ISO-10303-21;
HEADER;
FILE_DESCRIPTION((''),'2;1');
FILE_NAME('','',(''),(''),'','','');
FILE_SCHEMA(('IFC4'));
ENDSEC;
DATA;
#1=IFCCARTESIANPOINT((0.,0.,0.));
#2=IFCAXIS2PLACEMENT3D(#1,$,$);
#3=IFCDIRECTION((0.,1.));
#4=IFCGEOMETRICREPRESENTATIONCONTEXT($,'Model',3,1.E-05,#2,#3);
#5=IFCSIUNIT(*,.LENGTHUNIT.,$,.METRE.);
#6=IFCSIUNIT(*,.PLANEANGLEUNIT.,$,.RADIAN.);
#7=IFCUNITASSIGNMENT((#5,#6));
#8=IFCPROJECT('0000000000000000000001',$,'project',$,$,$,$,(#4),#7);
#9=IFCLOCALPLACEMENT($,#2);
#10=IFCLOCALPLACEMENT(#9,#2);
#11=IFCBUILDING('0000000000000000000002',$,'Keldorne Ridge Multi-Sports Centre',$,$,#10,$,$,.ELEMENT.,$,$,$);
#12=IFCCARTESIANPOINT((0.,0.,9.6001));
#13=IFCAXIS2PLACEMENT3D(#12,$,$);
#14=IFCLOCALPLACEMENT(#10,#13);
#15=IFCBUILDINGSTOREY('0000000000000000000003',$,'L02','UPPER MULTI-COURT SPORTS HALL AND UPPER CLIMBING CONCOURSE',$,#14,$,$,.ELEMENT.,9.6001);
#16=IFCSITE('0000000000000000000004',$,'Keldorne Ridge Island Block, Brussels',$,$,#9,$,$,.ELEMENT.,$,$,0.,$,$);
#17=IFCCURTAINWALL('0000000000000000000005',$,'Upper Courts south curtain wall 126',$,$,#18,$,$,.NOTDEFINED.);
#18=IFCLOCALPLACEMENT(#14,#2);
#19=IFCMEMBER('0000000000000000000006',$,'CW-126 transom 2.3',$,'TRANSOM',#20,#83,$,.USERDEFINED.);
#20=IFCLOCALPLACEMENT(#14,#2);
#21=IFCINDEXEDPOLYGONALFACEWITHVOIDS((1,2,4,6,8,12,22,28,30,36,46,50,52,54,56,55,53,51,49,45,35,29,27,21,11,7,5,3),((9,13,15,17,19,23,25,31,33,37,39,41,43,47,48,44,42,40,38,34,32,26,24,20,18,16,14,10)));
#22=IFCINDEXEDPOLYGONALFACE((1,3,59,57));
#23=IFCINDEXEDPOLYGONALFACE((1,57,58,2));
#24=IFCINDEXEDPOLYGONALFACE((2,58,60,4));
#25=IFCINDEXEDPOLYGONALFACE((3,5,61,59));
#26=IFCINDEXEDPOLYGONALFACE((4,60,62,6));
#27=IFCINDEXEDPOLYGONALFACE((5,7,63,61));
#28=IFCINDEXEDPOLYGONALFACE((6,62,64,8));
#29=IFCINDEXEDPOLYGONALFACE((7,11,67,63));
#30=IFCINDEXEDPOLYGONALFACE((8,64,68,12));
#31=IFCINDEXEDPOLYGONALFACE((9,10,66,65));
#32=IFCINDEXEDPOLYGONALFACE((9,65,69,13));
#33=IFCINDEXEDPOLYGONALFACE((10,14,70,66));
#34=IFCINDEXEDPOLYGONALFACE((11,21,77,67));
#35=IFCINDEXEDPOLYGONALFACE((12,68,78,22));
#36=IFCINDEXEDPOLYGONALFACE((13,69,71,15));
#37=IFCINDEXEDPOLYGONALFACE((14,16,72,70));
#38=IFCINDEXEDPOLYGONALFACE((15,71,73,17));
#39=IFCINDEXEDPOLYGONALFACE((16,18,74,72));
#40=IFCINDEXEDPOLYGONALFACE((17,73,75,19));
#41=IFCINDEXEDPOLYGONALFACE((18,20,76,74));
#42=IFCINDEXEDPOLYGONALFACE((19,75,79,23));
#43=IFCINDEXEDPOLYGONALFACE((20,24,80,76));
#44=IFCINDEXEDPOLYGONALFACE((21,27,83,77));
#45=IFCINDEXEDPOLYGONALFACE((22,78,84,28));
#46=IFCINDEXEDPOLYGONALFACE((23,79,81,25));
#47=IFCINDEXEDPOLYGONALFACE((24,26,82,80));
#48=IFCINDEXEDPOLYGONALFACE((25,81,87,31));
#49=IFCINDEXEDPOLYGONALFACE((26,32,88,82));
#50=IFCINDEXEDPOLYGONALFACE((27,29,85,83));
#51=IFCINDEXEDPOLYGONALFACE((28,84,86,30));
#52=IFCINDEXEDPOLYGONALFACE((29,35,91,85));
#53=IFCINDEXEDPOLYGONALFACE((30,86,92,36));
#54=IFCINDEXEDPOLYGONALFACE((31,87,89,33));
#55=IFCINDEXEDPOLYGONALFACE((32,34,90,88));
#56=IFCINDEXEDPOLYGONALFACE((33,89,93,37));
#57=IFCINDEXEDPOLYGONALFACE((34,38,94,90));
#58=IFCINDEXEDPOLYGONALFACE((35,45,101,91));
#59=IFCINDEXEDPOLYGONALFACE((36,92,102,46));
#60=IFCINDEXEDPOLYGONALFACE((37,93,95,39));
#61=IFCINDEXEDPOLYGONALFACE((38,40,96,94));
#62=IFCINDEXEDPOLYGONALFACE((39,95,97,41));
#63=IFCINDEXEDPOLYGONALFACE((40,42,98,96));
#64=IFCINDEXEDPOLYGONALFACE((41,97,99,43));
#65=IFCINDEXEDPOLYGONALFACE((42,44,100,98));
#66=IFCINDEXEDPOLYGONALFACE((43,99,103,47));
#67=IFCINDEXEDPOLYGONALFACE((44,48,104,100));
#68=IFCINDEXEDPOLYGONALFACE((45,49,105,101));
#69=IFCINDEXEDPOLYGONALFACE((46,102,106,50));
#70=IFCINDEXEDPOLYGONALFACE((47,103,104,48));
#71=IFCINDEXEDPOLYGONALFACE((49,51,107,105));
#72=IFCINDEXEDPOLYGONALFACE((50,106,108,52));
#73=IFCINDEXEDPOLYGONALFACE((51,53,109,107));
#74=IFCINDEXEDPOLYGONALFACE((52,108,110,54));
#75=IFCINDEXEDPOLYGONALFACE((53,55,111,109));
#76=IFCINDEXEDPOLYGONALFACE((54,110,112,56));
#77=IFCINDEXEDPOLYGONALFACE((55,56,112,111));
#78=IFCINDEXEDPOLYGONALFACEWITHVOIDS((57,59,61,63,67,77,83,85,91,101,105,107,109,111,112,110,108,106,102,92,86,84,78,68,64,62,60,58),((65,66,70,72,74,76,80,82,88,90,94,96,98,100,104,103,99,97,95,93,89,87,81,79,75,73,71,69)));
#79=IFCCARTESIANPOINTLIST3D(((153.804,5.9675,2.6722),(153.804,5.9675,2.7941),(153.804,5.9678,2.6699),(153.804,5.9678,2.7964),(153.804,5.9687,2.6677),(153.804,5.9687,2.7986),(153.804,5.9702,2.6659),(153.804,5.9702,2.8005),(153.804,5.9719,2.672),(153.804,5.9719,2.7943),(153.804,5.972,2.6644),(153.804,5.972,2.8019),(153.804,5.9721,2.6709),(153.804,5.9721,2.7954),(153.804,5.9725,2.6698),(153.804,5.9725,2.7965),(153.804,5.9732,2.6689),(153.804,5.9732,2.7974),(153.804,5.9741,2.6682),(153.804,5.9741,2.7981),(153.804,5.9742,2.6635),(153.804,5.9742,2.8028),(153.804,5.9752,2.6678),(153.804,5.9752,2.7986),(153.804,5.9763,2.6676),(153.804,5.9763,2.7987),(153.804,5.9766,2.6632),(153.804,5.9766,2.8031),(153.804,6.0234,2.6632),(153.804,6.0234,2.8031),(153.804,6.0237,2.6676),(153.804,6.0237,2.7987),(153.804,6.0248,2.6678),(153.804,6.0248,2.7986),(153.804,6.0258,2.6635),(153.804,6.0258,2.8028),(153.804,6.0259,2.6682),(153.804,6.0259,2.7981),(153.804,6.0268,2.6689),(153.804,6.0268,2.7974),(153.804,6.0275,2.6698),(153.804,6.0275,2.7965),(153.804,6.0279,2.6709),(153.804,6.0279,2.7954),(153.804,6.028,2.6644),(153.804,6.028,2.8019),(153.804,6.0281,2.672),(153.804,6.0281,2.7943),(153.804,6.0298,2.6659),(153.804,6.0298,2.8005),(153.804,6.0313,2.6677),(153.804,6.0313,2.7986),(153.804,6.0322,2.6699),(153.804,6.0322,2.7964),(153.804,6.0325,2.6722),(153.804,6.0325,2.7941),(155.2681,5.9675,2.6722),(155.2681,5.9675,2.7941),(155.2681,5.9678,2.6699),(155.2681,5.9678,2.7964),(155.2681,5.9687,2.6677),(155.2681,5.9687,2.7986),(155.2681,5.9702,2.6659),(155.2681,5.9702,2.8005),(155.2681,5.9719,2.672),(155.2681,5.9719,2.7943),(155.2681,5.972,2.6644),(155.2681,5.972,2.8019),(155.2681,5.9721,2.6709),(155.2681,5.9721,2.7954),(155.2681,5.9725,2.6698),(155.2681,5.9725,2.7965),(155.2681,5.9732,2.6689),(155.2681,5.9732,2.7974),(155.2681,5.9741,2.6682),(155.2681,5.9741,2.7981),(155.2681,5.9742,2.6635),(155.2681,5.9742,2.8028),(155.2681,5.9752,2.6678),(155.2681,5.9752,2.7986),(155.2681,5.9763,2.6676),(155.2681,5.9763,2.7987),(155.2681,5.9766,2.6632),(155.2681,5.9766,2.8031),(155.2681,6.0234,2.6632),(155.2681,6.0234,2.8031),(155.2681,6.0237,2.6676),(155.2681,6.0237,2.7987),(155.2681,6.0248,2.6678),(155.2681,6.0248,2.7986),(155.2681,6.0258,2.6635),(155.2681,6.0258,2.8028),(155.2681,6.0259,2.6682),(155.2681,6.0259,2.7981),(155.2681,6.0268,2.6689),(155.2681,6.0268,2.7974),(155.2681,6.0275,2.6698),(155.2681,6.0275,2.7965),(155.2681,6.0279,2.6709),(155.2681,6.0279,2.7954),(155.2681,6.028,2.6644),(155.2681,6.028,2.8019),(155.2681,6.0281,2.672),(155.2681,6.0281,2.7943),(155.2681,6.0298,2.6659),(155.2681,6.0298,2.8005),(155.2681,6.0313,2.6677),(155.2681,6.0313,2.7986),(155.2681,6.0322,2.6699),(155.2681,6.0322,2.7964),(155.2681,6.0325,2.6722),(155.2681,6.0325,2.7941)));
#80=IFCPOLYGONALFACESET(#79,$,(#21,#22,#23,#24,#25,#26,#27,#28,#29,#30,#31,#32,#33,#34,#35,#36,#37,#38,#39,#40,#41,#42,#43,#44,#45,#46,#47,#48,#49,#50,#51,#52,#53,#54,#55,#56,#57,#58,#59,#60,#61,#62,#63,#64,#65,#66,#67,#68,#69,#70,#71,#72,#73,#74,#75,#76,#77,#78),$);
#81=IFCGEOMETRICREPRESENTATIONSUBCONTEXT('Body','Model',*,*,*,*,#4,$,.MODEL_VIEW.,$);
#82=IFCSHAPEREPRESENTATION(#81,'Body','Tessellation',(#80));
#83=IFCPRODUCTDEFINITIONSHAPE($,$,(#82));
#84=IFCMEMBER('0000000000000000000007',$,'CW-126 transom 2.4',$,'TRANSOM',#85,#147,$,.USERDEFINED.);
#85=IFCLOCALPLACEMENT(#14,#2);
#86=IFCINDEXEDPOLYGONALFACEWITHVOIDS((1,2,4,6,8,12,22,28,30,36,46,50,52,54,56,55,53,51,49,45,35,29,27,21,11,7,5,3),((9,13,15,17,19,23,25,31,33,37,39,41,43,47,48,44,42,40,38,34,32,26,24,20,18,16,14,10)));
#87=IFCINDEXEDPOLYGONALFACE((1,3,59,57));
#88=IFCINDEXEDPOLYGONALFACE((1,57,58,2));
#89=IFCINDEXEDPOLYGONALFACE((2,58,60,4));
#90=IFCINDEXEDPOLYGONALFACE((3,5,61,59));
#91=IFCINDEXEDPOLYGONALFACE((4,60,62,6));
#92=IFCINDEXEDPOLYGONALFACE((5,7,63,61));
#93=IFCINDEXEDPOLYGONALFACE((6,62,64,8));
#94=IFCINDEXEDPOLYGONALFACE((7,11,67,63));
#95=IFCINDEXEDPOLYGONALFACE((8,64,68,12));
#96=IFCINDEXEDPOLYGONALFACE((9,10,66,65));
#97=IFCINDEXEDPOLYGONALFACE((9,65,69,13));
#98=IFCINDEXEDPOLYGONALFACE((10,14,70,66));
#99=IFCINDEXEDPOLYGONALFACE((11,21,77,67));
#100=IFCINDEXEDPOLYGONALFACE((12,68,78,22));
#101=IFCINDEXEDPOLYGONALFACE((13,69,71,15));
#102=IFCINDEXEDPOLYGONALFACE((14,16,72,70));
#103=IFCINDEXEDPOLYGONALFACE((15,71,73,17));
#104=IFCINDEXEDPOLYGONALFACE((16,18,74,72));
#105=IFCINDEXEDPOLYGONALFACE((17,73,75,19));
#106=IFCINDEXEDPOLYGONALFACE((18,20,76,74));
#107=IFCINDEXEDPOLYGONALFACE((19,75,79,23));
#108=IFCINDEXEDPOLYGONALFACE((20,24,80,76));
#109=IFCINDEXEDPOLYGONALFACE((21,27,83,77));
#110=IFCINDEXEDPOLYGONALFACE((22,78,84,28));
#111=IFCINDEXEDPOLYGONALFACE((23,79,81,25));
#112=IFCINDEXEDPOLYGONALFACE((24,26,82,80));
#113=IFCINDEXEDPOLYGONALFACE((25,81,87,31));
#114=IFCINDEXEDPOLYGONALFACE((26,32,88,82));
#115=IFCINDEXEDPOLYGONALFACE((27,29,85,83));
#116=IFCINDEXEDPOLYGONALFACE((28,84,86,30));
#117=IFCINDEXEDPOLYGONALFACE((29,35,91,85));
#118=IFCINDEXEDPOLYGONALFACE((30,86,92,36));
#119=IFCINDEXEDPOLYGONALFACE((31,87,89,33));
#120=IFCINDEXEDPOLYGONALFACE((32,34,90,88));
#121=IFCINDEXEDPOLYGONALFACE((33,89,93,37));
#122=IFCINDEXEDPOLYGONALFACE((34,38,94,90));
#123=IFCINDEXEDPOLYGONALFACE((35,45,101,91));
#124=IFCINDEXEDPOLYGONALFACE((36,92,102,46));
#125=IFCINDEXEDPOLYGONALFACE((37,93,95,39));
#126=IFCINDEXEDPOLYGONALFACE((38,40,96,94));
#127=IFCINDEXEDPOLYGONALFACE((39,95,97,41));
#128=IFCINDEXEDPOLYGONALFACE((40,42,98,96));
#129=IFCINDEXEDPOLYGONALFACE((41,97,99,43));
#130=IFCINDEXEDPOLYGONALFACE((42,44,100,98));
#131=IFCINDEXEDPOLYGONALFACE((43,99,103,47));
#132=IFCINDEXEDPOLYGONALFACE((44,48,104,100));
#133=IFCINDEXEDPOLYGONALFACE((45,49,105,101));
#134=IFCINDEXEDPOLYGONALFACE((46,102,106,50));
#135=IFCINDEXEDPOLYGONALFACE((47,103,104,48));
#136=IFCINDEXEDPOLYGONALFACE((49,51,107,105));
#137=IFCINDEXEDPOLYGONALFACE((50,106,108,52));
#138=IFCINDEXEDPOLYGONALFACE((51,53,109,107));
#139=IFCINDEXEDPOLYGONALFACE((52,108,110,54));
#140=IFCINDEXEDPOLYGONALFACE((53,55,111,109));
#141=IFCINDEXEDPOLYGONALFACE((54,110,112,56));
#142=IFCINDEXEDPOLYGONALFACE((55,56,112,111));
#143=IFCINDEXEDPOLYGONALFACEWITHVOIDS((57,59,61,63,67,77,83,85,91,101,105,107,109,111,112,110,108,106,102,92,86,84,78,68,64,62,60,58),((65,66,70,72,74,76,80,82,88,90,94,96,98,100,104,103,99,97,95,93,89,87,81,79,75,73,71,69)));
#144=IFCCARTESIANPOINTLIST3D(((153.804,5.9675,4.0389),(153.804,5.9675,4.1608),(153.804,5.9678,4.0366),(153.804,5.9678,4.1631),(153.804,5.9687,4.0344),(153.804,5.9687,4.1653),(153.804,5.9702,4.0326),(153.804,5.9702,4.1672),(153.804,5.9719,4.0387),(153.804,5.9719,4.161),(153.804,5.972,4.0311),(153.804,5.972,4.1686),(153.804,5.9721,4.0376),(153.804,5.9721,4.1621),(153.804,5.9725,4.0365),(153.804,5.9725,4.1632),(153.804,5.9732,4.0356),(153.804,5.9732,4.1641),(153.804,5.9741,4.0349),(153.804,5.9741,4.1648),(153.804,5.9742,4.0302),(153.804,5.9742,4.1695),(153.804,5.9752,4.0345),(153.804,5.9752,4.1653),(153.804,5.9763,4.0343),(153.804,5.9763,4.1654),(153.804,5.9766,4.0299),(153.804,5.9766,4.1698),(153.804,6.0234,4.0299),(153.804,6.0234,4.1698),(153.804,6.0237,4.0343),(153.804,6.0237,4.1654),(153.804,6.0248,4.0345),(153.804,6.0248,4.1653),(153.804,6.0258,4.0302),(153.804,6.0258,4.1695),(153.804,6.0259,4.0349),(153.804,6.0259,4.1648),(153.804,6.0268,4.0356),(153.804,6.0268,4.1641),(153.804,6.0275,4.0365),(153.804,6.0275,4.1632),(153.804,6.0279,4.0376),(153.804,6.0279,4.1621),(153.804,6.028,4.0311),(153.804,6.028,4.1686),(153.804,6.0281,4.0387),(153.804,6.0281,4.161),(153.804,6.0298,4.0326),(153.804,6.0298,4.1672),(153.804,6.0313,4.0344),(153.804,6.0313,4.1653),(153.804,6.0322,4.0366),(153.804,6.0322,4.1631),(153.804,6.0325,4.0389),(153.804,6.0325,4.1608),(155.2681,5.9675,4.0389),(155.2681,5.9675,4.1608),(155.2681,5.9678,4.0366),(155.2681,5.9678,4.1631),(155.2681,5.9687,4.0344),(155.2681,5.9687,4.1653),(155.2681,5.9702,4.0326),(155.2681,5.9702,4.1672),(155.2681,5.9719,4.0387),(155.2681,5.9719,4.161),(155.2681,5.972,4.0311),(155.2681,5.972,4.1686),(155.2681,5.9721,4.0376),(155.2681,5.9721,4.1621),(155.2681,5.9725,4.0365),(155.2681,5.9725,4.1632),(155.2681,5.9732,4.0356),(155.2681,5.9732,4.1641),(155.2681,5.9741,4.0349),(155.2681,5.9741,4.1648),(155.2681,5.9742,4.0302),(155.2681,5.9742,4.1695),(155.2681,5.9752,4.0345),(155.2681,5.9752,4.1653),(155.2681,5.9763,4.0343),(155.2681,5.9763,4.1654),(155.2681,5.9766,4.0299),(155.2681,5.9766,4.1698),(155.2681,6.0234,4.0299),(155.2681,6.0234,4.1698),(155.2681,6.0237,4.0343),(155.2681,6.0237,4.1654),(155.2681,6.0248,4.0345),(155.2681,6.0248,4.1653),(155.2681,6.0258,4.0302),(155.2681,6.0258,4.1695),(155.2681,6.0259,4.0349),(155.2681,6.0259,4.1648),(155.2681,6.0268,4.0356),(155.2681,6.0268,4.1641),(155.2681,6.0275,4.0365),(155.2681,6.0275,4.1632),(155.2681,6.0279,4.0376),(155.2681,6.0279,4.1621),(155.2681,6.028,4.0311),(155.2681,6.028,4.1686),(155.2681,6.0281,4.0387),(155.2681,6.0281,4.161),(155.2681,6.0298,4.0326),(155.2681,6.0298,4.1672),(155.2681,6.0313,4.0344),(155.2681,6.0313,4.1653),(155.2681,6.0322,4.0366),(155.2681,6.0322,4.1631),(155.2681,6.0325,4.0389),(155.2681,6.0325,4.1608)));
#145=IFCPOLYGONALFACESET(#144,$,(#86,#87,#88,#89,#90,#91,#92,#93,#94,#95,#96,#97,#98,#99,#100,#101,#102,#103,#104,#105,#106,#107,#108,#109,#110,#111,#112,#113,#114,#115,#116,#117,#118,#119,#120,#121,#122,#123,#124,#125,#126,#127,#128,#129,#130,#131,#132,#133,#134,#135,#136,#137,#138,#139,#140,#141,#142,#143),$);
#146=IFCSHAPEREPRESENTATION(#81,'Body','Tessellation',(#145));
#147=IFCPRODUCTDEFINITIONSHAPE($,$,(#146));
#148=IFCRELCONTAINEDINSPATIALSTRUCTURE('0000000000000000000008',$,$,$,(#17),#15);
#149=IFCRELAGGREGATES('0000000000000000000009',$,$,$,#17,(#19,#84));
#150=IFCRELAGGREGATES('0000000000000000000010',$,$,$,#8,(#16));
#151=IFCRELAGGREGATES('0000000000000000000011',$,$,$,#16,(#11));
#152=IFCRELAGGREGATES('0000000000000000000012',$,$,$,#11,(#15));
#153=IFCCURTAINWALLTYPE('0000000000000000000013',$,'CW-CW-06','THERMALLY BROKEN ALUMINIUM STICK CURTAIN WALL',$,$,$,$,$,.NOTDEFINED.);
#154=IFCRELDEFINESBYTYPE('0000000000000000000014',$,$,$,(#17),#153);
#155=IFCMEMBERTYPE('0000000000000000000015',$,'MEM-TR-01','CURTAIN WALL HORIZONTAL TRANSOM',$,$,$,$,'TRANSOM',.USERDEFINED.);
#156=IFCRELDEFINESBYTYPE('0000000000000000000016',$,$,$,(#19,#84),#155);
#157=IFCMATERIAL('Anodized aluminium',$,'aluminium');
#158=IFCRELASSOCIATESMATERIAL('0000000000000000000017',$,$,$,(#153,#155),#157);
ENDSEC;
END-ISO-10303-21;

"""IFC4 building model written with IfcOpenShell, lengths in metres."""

from ifc_helpers import new_model, si_unit, direction, frame, origin, origin_2d, place, context, subcontext, project, spatial, hollow_rectangle, extrude, material, material_profile, profile_set, type_object, element, aggregate, save


model = new_model("IFC4")

# Units and contexts
model_context = context("Model", 3, precision=1e-05, world=origin(), true_north=direction((0.0, 1.0)))
body_context = subcontext(model_context, "Body", "Model", "MODEL_VIEW")
ifc_project = project(units=[si_unit("LENGTHUNIT", "METRE"), si_unit("PLANEANGLEUNIT", "RADIAN")], contexts=[model_context])

# Site, building, storey
site_placement = place(None, origin())
site = spatial("IfcSite", under=ifc_project, at=site_placement, Name="Keldorne Ridge Island Block, Brussels", CompositionType="ELEMENT", RefElevation=0.0)
building_placement = place(site_placement, origin())
building = spatial("IfcBuilding", under=site, at=building_placement, Name="Keldorne Ridge Multi-Sports Centre", CompositionType="ELEMENT")
storey_placement = place(building_placement, frame((0.0, 0.0, 9.6001)))
storey = spatial("IfcBuildingStorey", under=building, at=storey_placement, Name="L02", Description="UPPER MULTI-COURT SPORTS HALL AND UPPER CLIMBING CONCOURSE", CompositionType="ELEMENT", Elevation=9.6001)

# Curtain wall, members
ifc_material_1 = material(Name="Anodized aluminium", Category="aluminium")
curtain_wall_type = type_object("IfcCurtainWallType", Name="CW-CW-06", Description="THERMALLY BROKEN ALUMINIUM STICK CURTAIN WALL", PredefinedType="NOTDEFINED", material=ifc_material_1)
curtain_wall_placement = place(storey_placement, origin())
curtain_wall = element("IfcCurtainWall", 1, at=curtain_wall_placement, inside=storey, type_object=curtain_wall_type, Name="Upper Courts south curtain wall 126", PredefinedType="NOTDEFINED")
ifc_material_profile_1 = material_profile(ifc_material_1, hollow_rectangle(XDim=0.0649, YDim=0.1399, WallThickness=0.0044, InnerFilletRadius=0.0044, OuterFilletRadius=0.009, at=origin_2d()), Name="ALU TRANSOM 140x65x4.5")
ifc_profile_set_1 = profile_set([ifc_material_profile_1], Name="Anodized aluminium")
member_type_1 = type_object("IfcMemberType", Name="MEM-TR-01", Description="CURTAIN WALL HORIZONTAL TRANSOM", ElementType="TRANSOM", PredefinedType="USERDEFINED", material=ifc_profile_set_1)
member_1_placement = place(storey_placement, frame((153.804, 6.0, 2.7332), z_axis=(1.0, 0.0, 0.0), x_axis=(0.0, 1.0, 0.0)))
member_1 = element("IfcMember", 2, at=member_1_placement, type_object=member_type_1, Name="CW-126 transom 2.3", ObjectType="TRANSOM", PredefinedType="USERDEFINED", context=body_context, shape_type="SweptSolid", body=[
    extrude(hollow_rectangle(XDim=0.0649, YDim=0.1399, WallThickness=0.0044, InnerFilletRadius=0.0044, OuterFilletRadius=0.009, at=origin_2d()), origin(), (0.0, 0.0, 1.0), 1.4641),
])
member_2_placement = place(storey_placement, frame((153.804, 6.0, 4.0999), z_axis=(1.0, 0.0, 0.0), x_axis=(0.0, 1.0, 0.0)))
member_2 = element("IfcMember", 3, at=member_2_placement, type_object=member_type_1, Name="CW-126 transom 2.4", ObjectType="TRANSOM", PredefinedType="USERDEFINED", context=body_context, shape_type="SweptSolid", body=[
    extrude(hollow_rectangle(XDim=0.0649, YDim=0.1399, WallThickness=0.0044, InnerFilletRadius=0.0044, OuterFilletRadius=0.009, at=origin_2d()), origin(), (0.0, 0.0, 1.0), 1.4641),
])
aggregate(curtain_wall, [member_1, member_2])

save(model, "model.ifc")
